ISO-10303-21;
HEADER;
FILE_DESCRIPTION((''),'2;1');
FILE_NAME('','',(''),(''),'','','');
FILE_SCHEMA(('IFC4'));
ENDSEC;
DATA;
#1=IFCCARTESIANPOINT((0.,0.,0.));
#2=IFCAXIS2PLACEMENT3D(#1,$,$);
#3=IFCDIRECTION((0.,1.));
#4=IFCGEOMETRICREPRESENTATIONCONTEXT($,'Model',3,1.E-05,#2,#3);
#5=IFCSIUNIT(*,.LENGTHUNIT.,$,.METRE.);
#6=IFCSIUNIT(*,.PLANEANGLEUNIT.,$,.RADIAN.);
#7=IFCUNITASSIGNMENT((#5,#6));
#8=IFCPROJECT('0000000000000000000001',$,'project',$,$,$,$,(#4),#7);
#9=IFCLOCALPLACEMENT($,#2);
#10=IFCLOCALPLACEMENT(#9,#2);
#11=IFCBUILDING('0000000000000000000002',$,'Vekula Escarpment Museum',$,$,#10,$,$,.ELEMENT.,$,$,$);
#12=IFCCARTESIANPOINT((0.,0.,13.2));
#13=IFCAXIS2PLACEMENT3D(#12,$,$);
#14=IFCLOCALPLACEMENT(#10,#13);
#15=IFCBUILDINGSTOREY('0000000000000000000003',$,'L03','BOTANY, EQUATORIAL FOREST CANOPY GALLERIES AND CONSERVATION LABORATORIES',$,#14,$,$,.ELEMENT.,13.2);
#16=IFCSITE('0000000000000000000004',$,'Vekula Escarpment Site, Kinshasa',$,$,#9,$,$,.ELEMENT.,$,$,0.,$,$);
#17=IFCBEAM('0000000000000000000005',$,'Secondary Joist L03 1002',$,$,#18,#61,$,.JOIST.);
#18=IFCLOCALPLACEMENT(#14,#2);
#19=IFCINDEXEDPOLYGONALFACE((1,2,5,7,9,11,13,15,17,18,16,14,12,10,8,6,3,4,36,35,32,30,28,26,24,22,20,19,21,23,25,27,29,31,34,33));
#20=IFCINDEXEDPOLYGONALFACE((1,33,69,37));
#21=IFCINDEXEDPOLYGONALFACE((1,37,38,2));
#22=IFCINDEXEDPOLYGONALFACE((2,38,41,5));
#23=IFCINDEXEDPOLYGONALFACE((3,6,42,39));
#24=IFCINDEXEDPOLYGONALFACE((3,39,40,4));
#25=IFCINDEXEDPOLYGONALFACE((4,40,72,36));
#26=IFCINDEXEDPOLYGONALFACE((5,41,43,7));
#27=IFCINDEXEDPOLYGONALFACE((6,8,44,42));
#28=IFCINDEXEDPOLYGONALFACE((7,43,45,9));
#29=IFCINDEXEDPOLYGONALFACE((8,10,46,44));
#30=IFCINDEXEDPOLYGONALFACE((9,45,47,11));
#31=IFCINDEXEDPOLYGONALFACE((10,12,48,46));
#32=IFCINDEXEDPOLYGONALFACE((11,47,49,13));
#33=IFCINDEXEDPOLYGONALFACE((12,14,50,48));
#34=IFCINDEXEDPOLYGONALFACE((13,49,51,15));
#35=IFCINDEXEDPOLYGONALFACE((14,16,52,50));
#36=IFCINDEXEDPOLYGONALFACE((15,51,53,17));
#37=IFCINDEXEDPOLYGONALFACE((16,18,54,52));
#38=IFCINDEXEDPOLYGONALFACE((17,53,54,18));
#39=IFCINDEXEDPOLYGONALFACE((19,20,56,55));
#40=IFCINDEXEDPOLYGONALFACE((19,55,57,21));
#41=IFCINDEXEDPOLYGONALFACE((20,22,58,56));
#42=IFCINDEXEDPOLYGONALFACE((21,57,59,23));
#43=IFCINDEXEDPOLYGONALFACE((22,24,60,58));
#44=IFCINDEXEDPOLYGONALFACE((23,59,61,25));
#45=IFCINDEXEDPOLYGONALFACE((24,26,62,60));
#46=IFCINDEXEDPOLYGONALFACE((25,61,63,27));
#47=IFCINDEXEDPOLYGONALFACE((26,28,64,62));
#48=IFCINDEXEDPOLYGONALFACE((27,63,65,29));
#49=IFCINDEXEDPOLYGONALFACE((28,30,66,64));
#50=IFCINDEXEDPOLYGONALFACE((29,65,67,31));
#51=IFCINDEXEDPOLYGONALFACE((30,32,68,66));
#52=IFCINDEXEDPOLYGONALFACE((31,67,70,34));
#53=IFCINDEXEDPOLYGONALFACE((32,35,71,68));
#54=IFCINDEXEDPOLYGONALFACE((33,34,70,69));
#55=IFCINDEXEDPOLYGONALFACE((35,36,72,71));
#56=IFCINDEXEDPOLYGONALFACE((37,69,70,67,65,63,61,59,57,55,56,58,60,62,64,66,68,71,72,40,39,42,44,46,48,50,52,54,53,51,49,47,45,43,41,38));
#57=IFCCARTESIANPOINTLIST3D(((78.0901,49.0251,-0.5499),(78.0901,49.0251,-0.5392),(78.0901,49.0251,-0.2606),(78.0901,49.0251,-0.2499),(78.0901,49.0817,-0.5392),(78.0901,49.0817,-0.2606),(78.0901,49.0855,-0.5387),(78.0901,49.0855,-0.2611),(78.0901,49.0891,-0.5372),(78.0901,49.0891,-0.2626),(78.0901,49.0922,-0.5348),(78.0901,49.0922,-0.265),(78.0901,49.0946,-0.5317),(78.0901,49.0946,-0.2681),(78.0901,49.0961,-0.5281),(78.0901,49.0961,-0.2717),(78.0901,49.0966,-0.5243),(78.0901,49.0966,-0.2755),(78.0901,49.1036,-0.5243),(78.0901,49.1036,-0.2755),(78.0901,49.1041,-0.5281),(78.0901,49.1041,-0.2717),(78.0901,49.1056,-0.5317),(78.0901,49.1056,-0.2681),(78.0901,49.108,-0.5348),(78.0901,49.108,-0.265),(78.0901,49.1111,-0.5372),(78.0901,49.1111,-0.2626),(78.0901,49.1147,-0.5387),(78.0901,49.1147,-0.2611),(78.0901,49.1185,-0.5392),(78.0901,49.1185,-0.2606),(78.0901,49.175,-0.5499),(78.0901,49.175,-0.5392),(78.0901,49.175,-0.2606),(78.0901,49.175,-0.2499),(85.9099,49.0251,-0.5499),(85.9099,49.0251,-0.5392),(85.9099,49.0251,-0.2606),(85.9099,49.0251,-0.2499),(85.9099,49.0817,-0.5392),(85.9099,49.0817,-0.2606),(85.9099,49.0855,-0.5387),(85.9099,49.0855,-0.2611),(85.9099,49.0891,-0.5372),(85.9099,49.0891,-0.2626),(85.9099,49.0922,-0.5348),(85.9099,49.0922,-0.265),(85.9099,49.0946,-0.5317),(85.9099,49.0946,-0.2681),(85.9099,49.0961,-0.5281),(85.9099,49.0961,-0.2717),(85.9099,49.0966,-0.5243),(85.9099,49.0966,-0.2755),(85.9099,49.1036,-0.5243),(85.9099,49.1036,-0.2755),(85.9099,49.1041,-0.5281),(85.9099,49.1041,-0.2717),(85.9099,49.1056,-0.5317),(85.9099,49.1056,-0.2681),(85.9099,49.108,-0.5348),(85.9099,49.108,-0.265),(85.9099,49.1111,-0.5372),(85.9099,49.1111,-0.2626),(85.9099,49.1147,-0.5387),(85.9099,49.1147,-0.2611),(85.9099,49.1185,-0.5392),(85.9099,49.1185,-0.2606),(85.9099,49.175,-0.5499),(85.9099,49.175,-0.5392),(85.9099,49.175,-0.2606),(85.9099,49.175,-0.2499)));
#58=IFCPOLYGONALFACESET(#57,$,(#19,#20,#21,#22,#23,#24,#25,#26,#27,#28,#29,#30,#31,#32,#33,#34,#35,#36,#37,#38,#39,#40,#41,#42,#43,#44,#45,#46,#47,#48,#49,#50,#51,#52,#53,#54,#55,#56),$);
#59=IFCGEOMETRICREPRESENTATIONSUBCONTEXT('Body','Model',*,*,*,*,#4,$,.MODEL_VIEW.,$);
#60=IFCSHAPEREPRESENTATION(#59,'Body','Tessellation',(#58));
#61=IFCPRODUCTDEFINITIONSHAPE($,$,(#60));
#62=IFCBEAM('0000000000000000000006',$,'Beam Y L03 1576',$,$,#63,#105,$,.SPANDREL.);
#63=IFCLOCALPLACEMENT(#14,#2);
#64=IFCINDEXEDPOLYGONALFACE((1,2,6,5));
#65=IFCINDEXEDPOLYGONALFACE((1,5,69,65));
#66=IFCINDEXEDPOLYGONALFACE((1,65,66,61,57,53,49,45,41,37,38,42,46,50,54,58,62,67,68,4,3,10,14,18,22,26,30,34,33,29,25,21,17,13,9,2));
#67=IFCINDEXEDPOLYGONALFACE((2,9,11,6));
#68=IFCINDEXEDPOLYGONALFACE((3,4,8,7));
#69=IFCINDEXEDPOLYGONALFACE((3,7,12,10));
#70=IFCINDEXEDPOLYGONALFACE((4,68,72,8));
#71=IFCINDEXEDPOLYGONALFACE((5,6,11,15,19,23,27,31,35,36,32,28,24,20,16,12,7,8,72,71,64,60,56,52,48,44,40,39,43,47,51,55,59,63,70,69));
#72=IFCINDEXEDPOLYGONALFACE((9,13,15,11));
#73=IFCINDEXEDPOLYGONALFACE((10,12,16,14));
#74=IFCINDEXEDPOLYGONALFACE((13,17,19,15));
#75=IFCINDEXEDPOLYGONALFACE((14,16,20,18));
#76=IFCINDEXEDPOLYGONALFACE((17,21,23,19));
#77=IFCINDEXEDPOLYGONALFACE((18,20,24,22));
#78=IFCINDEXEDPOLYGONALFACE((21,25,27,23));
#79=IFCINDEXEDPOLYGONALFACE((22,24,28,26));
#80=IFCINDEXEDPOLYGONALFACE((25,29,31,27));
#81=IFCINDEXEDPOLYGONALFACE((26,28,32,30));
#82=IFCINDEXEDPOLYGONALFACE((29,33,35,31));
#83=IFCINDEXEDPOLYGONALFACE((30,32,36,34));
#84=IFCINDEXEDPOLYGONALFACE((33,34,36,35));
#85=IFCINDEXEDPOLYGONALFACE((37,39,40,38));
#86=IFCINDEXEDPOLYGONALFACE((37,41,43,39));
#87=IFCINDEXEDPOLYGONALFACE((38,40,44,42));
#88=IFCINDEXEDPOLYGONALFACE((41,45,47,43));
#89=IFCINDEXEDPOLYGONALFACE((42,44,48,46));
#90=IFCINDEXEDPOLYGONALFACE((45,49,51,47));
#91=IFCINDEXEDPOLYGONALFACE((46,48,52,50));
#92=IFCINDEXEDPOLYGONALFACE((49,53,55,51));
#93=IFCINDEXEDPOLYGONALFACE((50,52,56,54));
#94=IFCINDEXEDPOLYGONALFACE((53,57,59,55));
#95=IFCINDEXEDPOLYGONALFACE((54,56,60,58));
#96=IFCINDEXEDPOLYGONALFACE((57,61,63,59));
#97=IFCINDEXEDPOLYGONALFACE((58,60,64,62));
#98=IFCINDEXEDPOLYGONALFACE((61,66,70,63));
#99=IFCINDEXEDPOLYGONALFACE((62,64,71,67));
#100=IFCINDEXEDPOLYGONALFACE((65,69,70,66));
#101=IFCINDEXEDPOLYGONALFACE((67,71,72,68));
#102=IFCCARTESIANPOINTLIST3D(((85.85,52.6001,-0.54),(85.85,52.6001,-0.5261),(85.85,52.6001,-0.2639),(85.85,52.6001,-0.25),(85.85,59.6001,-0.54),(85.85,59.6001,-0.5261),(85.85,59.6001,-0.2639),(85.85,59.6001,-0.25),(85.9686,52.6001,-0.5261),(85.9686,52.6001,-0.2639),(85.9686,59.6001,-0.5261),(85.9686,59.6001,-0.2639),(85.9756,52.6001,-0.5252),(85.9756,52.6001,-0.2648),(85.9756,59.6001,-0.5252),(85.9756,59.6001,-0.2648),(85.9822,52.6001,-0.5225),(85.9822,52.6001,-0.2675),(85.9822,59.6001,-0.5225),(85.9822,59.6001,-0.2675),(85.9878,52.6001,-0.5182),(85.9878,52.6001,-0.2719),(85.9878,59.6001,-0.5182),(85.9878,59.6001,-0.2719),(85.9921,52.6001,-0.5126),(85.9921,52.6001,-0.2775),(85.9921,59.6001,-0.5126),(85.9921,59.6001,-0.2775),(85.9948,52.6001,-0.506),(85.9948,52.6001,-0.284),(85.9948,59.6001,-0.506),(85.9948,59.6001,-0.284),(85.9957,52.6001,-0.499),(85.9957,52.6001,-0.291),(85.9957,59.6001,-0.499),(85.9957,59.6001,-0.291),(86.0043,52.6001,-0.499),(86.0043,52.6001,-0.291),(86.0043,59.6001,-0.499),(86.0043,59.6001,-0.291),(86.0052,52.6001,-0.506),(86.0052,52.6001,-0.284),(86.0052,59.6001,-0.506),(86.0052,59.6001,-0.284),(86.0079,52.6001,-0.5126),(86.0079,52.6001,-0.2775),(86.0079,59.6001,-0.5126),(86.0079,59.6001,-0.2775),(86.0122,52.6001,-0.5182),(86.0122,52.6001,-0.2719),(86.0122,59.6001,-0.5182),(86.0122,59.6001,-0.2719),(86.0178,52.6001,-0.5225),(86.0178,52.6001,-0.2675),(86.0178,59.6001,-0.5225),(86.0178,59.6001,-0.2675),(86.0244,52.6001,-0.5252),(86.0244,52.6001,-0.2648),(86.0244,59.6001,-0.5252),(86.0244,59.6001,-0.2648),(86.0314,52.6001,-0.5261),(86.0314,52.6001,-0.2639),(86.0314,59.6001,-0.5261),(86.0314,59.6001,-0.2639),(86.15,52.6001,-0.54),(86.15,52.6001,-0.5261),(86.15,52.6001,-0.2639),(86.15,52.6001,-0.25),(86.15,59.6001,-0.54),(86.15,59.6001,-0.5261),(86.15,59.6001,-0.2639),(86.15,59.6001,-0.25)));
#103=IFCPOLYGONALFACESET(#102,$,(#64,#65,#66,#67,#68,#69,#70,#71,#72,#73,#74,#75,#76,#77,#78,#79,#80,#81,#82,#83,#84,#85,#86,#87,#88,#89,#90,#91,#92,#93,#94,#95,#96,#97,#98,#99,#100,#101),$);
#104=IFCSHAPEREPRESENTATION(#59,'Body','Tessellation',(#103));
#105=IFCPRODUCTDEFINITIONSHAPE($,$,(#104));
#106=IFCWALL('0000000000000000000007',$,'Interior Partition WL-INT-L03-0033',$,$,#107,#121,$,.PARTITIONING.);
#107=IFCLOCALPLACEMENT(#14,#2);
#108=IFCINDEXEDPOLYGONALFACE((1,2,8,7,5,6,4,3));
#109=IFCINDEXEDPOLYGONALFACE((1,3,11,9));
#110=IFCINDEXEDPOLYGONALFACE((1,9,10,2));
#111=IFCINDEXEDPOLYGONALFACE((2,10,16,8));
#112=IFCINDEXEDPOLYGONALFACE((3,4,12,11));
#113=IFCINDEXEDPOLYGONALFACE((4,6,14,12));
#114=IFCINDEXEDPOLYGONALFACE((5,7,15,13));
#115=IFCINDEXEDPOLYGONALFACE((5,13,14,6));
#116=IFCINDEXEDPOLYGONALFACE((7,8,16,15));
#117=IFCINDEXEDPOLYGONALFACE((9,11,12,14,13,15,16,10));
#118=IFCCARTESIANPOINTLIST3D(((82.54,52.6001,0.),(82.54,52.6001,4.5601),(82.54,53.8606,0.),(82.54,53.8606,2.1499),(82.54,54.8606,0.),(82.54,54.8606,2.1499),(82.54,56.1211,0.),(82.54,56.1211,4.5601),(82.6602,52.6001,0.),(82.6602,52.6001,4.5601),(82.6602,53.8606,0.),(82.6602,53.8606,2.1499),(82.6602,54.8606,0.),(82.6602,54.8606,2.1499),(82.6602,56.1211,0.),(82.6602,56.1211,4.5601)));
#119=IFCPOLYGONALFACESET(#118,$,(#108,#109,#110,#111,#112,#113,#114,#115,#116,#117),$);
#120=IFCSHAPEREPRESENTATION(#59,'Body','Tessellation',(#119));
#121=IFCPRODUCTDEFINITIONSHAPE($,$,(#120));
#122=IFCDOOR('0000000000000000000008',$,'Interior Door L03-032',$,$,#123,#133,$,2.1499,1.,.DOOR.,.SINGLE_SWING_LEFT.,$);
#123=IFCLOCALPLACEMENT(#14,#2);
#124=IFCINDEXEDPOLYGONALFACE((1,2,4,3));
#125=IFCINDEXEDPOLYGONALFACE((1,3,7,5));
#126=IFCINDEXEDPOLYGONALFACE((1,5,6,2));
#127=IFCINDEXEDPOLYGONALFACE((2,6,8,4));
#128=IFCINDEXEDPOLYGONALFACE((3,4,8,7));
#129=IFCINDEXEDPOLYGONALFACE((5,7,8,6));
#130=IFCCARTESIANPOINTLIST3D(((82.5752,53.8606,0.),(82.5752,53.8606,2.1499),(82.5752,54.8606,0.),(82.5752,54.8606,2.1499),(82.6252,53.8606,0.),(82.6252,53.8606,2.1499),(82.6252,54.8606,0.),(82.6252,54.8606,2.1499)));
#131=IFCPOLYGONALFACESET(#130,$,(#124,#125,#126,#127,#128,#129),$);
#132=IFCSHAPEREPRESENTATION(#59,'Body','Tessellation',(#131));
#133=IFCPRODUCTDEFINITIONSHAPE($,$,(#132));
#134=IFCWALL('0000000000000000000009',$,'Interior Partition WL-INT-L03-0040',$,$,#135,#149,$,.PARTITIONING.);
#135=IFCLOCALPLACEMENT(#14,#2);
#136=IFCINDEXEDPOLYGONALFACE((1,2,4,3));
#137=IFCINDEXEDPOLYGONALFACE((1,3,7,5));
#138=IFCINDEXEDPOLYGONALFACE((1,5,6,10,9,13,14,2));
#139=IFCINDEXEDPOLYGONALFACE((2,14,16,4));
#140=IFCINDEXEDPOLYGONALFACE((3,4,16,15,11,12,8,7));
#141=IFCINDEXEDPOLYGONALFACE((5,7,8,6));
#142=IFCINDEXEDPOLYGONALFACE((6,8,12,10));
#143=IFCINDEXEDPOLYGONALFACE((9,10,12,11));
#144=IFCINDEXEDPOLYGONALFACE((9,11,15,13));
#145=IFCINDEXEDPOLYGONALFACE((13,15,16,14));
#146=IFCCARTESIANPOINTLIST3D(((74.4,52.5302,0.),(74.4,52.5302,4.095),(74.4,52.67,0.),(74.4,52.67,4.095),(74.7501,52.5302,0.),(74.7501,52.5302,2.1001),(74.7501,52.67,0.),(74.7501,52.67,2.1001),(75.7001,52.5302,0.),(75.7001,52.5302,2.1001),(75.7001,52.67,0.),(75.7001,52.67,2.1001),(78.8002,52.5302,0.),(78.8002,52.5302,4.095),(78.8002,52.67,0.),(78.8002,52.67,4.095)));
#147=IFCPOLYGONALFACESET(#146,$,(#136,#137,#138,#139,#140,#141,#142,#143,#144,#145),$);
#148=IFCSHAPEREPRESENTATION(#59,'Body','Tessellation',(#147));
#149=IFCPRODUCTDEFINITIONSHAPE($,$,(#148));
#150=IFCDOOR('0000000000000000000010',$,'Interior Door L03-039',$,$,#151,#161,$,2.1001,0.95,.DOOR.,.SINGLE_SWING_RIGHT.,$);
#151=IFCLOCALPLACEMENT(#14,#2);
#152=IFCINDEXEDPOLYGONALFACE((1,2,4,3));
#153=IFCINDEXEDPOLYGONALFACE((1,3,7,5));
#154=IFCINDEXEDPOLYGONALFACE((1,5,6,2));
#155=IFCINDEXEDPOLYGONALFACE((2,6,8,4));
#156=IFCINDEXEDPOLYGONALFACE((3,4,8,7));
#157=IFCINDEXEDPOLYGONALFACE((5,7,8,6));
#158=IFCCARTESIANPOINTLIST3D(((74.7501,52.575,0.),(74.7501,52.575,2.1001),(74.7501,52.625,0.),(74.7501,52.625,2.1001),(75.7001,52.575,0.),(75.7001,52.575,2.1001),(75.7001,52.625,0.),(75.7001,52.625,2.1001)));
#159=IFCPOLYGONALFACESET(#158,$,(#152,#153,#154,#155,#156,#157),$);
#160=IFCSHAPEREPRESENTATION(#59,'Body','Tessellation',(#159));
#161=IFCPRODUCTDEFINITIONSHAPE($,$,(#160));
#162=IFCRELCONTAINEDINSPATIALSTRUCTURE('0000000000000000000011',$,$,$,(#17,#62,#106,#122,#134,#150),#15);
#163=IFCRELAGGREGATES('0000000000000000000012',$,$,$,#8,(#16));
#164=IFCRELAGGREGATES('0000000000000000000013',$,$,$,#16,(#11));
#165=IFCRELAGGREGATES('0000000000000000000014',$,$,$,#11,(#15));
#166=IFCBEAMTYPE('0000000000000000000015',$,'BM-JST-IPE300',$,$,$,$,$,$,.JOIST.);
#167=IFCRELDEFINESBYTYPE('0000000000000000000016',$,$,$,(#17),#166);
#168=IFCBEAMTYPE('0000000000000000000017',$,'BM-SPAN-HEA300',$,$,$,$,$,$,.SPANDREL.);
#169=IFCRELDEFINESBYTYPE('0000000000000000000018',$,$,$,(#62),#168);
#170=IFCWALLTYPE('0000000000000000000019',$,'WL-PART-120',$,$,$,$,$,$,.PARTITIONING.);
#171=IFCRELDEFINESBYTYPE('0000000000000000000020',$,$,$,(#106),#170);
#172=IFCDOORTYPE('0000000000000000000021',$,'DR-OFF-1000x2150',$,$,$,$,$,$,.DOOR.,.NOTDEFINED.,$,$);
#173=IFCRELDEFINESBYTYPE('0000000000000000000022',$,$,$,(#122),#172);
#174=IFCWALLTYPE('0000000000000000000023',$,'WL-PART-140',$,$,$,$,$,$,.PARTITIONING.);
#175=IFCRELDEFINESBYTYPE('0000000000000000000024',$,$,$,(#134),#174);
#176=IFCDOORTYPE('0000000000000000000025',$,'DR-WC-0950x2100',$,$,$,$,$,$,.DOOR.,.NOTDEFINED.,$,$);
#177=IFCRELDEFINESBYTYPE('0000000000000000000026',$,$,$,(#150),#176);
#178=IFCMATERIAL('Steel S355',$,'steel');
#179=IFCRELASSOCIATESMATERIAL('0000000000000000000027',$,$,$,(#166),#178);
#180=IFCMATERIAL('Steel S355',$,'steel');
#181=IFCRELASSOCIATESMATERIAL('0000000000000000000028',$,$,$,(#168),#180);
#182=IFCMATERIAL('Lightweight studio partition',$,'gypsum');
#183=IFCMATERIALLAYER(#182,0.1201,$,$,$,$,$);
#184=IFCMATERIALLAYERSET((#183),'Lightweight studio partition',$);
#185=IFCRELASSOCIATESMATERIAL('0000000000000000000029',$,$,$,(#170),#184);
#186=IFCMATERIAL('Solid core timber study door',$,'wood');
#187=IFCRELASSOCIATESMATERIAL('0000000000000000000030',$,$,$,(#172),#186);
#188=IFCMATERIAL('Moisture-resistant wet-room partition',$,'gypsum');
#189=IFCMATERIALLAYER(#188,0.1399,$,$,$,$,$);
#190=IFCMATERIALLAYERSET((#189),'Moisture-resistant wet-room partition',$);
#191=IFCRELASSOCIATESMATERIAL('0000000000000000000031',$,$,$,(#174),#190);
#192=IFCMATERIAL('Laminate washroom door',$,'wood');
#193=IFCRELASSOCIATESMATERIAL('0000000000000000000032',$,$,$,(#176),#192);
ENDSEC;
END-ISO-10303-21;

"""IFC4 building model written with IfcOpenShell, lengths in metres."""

from ifc_helpers import new_model, si_unit, direction, frame, frame_2d, origin, origin_2d, place, context, subcontext, project, spatial, rectangle, i_section, extrude, material, layer, layer_set, material_profile, profile_set, type_object, element, fill, save


model = new_model("IFC4")

# Units and contexts
model_context = context("Model", 3, precision=1e-05, world=origin(), true_north=direction((0.0, 1.0)))
body_context = subcontext(model_context, "Body", "Model", "MODEL_VIEW")
ifc_project = project(units=[si_unit("LENGTHUNIT", "METRE"), si_unit("PLANEANGLEUNIT", "RADIAN")], contexts=[model_context])

# Site, building, storey
site_placement = place(None, origin())
site = spatial("IfcSite", under=ifc_project, at=site_placement, Name="Vekula Escarpment Site, Kinshasa", CompositionType="ELEMENT", RefElevation=0.0)
building_placement = place(site_placement, origin())
building = spatial("IfcBuilding", under=site, at=building_placement, Name="Vekula Escarpment Museum", CompositionType="ELEMENT")
storey_placement = place(building_placement, frame((0.0, 0.0, 13.2)))
storey = spatial("IfcBuildingStorey", under=building, at=storey_placement, Name="L03", Description="BOTANY, EQUATORIAL FOREST CANOPY GALLERIES AND CONSERVATION LABORATORIES", CompositionType="ELEMENT", Elevation=13.2)

# Beams
ifc_material_1 = material(Name="Steel S355", Category="steel")
ifc_material_profile_1 = material_profile(ifc_material_1, i_section(OverallWidth=0.1499, OverallDepth=0.3, WebThickness=0.0071, FlangeThickness=0.0107, FilletRadius=0.0149, at=origin_2d()), Name="IPE 300")
ifc_profile_set_1 = profile_set([ifc_material_profile_1], Name="Steel S355")
beam_type_1 = type_object("IfcBeamType", Name="BM-JST-IPE300", PredefinedType="JOIST", material=ifc_profile_set_1)
beam_1_placement = place(storey_placement, frame((78.0901, 49.1001, -0.3999), z_axis=(1.0, 0.0, 0.0), x_axis=(0.0, 1.0, 0.0)))
element("IfcBeam", 1, at=beam_1_placement, inside=storey, type_object=beam_type_1, Name="Secondary Joist L03 1002", PredefinedType="JOIST", context=body_context, shape_type="SweptSolid", body=[
    extrude(i_section(OverallWidth=0.1499, OverallDepth=0.3, WebThickness=0.0071, FlangeThickness=0.0107, FilletRadius=0.0149, at=origin_2d()), origin(), (0.0, 0.0, 1.0), 7.8198),
])
ifc_material_2 = material(Name="Steel S355", Category="steel")
ifc_material_profile_2 = material_profile(ifc_material_2, i_section(OverallWidth=0.3, OverallDepth=0.29, WebThickness=0.0085, FlangeThickness=0.0139, FilletRadius=0.0271, at=origin_2d()), Name="HEA 300")
ifc_profile_set_2 = profile_set([ifc_material_profile_2], Name="Steel S355")
beam_type_2 = type_object("IfcBeamType", Name="BM-SPAN-HEA300", PredefinedType="SPANDREL", material=ifc_profile_set_2)
beam_2_placement = place(storey_placement, frame((86.0, 52.6001, -0.395), z_axis=(0.0, 1.0, 0.0), x_axis=(-1.0, 0.0, 0.0)))
element("IfcBeam", 2, at=beam_2_placement, inside=storey, type_object=beam_type_2, Name="Beam Y L03 1576", PredefinedType="SPANDREL", context=body_context, shape_type="SweptSolid", body=[
    extrude(i_section(OverallWidth=0.3, OverallDepth=0.29, WebThickness=0.0085, FlangeThickness=0.0139, FilletRadius=0.0271, at=origin_2d()), origin(), (0.0, 0.0, 1.0), 7.0),
])

# Walls, openings, doors
ifc_material_3 = material(Name="Lightweight studio partition", Category="gypsum")
ifc_layer_1 = layer(ifc_material_3, 0.1201)
ifc_layer_set_1 = layer_set([ifc_layer_1], Name="Lightweight studio partition")
wall_type_1 = type_object("IfcWallType", Name="WL-PART-120", PredefinedType="PARTITIONING", material=ifc_layer_set_1)
wall_1_placement = place(storey_placement, frame((82.6001, 52.6001, 0.0), z_axis=(0.0, 0.0, 1.0), x_axis=(0.0, 1.0, 0.0)))
wall_1 = element("IfcWall", 3, at=wall_1_placement, inside=storey, type_object=wall_type_1, Name="Interior Partition WL-INT-L03-0033", PredefinedType="PARTITIONING", context=body_context, shape_type="SweptSolid", body=[
    extrude(rectangle(XDim=3.521, YDim=0.1201, at=frame_2d((1.7605, 0.0))), origin(), (0.0, 0.0, 1.0), 4.5601),
])
opening_1_placement = place(wall_1_placement, frame((1.2605, 0.0, 0.0)))
opening_1 = element("IfcOpeningElement", 4, at=opening_1_placement, cuts=wall_1, PredefinedType="OPENING", context=body_context, shape_type="SweptSolid", body=[
    extrude(rectangle(XDim=1.0, YDim=2.1499, at=frame_2d((0.5, 1.075))), frame((0.0, 0.0701, 0.0), z_axis=(0.0, -1.0, 0.0), x_axis=(1.0, 0.0, 0.0)), (0.0, 0.0, 1.0), 0.1401),
])
ifc_material_4 = material(Name="Solid core timber study door", Category="wood")
door_type_1 = type_object("IfcDoorType", Name="DR-OFF-1000x2150", OperationType="NOTDEFINED", PredefinedType="DOOR", material=ifc_material_4)
door_1_placement = place(opening_1_placement, origin())
door_1 = element("IfcDoor", 5, at=door_1_placement, inside=storey, type_object=door_type_1, Name="Interior Door L03-032", OperationType="SINGLE_SWING_LEFT", OverallHeight=2.1499, OverallWidth=1.0, PredefinedType="DOOR", context=body_context, shape_type="SweptSolid", body=[
    extrude(rectangle(XDim=1.0, YDim=2.1499, at=frame_2d((0.5, 1.075))), frame((0.0, 0.0249, 0.0), z_axis=(0.0, -1.0, 0.0), x_axis=(1.0, 0.0, 0.0)), (0.0, 0.0, 1.0), 0.05),
])
fill(opening_1, door_1)
ifc_material_5 = material(Name="Moisture-resistant wet-room partition", Category="gypsum")
ifc_layer_2 = layer(ifc_material_5, 0.1399)
ifc_layer_set_2 = layer_set([ifc_layer_2], Name="Moisture-resistant wet-room partition")
wall_type_2 = type_object("IfcWallType", Name="WL-PART-140", PredefinedType="PARTITIONING", material=ifc_layer_set_2)
wall_2_placement = place(storey_placement, frame((74.3999, 52.6001, 0.0), z_axis=(0.0, 0.0, 1.0), x_axis=(1.0, 0.0, 0.0)))
wall_2 = element("IfcWall", 6, at=wall_2_placement, inside=storey, type_object=wall_type_2, Name="Interior Partition WL-INT-L03-0040", PredefinedType="PARTITIONING", context=body_context, shape_type="SweptSolid", body=[
    extrude(rectangle(XDim=4.4001, YDim=0.1399, at=frame_2d((2.2002, 0.0))), origin(), (0.0, 0.0, 1.0), 4.095),
])
opening_2_placement = place(wall_2_placement, frame((0.3501, 0.0, 0.0)))
opening_2 = element("IfcOpeningElement", 7, at=opening_2_placement, cuts=wall_2, PredefinedType="OPENING", context=body_context, shape_type="SweptSolid", body=[
    extrude(rectangle(XDim=0.95, YDim=2.1001, at=frame_2d((0.4751, 1.05))), frame((0.0, 0.0798, 0.0), z_axis=(0.0, -1.0, 0.0), x_axis=(1.0, 0.0, 0.0)), (0.0, 0.0, 1.0), 0.1599),
])
ifc_material_6 = material(Name="Laminate washroom door", Category="wood")
door_type_2 = type_object("IfcDoorType", Name="DR-WC-0950x2100", OperationType="NOTDEFINED", PredefinedType="DOOR", material=ifc_material_6)
door_2_placement = place(opening_2_placement, origin())
door_2 = element("IfcDoor", 8, at=door_2_placement, inside=storey, type_object=door_type_2, Name="Interior Door L03-039", OperationType="SINGLE_SWING_RIGHT", OverallHeight=2.1001, OverallWidth=0.95, PredefinedType="DOOR", context=body_context, shape_type="SweptSolid", body=[
    extrude(rectangle(XDim=0.95, YDim=2.1001, at=frame_2d((0.4751, 1.05))), frame((0.0, 0.0249, 0.0), z_axis=(0.0, -1.0, 0.0), x_axis=(1.0, 0.0, 0.0)), (0.0, 0.0, 1.0), 0.05),
])
fill(opening_2, door_2)

save(model, "model.ifc")
